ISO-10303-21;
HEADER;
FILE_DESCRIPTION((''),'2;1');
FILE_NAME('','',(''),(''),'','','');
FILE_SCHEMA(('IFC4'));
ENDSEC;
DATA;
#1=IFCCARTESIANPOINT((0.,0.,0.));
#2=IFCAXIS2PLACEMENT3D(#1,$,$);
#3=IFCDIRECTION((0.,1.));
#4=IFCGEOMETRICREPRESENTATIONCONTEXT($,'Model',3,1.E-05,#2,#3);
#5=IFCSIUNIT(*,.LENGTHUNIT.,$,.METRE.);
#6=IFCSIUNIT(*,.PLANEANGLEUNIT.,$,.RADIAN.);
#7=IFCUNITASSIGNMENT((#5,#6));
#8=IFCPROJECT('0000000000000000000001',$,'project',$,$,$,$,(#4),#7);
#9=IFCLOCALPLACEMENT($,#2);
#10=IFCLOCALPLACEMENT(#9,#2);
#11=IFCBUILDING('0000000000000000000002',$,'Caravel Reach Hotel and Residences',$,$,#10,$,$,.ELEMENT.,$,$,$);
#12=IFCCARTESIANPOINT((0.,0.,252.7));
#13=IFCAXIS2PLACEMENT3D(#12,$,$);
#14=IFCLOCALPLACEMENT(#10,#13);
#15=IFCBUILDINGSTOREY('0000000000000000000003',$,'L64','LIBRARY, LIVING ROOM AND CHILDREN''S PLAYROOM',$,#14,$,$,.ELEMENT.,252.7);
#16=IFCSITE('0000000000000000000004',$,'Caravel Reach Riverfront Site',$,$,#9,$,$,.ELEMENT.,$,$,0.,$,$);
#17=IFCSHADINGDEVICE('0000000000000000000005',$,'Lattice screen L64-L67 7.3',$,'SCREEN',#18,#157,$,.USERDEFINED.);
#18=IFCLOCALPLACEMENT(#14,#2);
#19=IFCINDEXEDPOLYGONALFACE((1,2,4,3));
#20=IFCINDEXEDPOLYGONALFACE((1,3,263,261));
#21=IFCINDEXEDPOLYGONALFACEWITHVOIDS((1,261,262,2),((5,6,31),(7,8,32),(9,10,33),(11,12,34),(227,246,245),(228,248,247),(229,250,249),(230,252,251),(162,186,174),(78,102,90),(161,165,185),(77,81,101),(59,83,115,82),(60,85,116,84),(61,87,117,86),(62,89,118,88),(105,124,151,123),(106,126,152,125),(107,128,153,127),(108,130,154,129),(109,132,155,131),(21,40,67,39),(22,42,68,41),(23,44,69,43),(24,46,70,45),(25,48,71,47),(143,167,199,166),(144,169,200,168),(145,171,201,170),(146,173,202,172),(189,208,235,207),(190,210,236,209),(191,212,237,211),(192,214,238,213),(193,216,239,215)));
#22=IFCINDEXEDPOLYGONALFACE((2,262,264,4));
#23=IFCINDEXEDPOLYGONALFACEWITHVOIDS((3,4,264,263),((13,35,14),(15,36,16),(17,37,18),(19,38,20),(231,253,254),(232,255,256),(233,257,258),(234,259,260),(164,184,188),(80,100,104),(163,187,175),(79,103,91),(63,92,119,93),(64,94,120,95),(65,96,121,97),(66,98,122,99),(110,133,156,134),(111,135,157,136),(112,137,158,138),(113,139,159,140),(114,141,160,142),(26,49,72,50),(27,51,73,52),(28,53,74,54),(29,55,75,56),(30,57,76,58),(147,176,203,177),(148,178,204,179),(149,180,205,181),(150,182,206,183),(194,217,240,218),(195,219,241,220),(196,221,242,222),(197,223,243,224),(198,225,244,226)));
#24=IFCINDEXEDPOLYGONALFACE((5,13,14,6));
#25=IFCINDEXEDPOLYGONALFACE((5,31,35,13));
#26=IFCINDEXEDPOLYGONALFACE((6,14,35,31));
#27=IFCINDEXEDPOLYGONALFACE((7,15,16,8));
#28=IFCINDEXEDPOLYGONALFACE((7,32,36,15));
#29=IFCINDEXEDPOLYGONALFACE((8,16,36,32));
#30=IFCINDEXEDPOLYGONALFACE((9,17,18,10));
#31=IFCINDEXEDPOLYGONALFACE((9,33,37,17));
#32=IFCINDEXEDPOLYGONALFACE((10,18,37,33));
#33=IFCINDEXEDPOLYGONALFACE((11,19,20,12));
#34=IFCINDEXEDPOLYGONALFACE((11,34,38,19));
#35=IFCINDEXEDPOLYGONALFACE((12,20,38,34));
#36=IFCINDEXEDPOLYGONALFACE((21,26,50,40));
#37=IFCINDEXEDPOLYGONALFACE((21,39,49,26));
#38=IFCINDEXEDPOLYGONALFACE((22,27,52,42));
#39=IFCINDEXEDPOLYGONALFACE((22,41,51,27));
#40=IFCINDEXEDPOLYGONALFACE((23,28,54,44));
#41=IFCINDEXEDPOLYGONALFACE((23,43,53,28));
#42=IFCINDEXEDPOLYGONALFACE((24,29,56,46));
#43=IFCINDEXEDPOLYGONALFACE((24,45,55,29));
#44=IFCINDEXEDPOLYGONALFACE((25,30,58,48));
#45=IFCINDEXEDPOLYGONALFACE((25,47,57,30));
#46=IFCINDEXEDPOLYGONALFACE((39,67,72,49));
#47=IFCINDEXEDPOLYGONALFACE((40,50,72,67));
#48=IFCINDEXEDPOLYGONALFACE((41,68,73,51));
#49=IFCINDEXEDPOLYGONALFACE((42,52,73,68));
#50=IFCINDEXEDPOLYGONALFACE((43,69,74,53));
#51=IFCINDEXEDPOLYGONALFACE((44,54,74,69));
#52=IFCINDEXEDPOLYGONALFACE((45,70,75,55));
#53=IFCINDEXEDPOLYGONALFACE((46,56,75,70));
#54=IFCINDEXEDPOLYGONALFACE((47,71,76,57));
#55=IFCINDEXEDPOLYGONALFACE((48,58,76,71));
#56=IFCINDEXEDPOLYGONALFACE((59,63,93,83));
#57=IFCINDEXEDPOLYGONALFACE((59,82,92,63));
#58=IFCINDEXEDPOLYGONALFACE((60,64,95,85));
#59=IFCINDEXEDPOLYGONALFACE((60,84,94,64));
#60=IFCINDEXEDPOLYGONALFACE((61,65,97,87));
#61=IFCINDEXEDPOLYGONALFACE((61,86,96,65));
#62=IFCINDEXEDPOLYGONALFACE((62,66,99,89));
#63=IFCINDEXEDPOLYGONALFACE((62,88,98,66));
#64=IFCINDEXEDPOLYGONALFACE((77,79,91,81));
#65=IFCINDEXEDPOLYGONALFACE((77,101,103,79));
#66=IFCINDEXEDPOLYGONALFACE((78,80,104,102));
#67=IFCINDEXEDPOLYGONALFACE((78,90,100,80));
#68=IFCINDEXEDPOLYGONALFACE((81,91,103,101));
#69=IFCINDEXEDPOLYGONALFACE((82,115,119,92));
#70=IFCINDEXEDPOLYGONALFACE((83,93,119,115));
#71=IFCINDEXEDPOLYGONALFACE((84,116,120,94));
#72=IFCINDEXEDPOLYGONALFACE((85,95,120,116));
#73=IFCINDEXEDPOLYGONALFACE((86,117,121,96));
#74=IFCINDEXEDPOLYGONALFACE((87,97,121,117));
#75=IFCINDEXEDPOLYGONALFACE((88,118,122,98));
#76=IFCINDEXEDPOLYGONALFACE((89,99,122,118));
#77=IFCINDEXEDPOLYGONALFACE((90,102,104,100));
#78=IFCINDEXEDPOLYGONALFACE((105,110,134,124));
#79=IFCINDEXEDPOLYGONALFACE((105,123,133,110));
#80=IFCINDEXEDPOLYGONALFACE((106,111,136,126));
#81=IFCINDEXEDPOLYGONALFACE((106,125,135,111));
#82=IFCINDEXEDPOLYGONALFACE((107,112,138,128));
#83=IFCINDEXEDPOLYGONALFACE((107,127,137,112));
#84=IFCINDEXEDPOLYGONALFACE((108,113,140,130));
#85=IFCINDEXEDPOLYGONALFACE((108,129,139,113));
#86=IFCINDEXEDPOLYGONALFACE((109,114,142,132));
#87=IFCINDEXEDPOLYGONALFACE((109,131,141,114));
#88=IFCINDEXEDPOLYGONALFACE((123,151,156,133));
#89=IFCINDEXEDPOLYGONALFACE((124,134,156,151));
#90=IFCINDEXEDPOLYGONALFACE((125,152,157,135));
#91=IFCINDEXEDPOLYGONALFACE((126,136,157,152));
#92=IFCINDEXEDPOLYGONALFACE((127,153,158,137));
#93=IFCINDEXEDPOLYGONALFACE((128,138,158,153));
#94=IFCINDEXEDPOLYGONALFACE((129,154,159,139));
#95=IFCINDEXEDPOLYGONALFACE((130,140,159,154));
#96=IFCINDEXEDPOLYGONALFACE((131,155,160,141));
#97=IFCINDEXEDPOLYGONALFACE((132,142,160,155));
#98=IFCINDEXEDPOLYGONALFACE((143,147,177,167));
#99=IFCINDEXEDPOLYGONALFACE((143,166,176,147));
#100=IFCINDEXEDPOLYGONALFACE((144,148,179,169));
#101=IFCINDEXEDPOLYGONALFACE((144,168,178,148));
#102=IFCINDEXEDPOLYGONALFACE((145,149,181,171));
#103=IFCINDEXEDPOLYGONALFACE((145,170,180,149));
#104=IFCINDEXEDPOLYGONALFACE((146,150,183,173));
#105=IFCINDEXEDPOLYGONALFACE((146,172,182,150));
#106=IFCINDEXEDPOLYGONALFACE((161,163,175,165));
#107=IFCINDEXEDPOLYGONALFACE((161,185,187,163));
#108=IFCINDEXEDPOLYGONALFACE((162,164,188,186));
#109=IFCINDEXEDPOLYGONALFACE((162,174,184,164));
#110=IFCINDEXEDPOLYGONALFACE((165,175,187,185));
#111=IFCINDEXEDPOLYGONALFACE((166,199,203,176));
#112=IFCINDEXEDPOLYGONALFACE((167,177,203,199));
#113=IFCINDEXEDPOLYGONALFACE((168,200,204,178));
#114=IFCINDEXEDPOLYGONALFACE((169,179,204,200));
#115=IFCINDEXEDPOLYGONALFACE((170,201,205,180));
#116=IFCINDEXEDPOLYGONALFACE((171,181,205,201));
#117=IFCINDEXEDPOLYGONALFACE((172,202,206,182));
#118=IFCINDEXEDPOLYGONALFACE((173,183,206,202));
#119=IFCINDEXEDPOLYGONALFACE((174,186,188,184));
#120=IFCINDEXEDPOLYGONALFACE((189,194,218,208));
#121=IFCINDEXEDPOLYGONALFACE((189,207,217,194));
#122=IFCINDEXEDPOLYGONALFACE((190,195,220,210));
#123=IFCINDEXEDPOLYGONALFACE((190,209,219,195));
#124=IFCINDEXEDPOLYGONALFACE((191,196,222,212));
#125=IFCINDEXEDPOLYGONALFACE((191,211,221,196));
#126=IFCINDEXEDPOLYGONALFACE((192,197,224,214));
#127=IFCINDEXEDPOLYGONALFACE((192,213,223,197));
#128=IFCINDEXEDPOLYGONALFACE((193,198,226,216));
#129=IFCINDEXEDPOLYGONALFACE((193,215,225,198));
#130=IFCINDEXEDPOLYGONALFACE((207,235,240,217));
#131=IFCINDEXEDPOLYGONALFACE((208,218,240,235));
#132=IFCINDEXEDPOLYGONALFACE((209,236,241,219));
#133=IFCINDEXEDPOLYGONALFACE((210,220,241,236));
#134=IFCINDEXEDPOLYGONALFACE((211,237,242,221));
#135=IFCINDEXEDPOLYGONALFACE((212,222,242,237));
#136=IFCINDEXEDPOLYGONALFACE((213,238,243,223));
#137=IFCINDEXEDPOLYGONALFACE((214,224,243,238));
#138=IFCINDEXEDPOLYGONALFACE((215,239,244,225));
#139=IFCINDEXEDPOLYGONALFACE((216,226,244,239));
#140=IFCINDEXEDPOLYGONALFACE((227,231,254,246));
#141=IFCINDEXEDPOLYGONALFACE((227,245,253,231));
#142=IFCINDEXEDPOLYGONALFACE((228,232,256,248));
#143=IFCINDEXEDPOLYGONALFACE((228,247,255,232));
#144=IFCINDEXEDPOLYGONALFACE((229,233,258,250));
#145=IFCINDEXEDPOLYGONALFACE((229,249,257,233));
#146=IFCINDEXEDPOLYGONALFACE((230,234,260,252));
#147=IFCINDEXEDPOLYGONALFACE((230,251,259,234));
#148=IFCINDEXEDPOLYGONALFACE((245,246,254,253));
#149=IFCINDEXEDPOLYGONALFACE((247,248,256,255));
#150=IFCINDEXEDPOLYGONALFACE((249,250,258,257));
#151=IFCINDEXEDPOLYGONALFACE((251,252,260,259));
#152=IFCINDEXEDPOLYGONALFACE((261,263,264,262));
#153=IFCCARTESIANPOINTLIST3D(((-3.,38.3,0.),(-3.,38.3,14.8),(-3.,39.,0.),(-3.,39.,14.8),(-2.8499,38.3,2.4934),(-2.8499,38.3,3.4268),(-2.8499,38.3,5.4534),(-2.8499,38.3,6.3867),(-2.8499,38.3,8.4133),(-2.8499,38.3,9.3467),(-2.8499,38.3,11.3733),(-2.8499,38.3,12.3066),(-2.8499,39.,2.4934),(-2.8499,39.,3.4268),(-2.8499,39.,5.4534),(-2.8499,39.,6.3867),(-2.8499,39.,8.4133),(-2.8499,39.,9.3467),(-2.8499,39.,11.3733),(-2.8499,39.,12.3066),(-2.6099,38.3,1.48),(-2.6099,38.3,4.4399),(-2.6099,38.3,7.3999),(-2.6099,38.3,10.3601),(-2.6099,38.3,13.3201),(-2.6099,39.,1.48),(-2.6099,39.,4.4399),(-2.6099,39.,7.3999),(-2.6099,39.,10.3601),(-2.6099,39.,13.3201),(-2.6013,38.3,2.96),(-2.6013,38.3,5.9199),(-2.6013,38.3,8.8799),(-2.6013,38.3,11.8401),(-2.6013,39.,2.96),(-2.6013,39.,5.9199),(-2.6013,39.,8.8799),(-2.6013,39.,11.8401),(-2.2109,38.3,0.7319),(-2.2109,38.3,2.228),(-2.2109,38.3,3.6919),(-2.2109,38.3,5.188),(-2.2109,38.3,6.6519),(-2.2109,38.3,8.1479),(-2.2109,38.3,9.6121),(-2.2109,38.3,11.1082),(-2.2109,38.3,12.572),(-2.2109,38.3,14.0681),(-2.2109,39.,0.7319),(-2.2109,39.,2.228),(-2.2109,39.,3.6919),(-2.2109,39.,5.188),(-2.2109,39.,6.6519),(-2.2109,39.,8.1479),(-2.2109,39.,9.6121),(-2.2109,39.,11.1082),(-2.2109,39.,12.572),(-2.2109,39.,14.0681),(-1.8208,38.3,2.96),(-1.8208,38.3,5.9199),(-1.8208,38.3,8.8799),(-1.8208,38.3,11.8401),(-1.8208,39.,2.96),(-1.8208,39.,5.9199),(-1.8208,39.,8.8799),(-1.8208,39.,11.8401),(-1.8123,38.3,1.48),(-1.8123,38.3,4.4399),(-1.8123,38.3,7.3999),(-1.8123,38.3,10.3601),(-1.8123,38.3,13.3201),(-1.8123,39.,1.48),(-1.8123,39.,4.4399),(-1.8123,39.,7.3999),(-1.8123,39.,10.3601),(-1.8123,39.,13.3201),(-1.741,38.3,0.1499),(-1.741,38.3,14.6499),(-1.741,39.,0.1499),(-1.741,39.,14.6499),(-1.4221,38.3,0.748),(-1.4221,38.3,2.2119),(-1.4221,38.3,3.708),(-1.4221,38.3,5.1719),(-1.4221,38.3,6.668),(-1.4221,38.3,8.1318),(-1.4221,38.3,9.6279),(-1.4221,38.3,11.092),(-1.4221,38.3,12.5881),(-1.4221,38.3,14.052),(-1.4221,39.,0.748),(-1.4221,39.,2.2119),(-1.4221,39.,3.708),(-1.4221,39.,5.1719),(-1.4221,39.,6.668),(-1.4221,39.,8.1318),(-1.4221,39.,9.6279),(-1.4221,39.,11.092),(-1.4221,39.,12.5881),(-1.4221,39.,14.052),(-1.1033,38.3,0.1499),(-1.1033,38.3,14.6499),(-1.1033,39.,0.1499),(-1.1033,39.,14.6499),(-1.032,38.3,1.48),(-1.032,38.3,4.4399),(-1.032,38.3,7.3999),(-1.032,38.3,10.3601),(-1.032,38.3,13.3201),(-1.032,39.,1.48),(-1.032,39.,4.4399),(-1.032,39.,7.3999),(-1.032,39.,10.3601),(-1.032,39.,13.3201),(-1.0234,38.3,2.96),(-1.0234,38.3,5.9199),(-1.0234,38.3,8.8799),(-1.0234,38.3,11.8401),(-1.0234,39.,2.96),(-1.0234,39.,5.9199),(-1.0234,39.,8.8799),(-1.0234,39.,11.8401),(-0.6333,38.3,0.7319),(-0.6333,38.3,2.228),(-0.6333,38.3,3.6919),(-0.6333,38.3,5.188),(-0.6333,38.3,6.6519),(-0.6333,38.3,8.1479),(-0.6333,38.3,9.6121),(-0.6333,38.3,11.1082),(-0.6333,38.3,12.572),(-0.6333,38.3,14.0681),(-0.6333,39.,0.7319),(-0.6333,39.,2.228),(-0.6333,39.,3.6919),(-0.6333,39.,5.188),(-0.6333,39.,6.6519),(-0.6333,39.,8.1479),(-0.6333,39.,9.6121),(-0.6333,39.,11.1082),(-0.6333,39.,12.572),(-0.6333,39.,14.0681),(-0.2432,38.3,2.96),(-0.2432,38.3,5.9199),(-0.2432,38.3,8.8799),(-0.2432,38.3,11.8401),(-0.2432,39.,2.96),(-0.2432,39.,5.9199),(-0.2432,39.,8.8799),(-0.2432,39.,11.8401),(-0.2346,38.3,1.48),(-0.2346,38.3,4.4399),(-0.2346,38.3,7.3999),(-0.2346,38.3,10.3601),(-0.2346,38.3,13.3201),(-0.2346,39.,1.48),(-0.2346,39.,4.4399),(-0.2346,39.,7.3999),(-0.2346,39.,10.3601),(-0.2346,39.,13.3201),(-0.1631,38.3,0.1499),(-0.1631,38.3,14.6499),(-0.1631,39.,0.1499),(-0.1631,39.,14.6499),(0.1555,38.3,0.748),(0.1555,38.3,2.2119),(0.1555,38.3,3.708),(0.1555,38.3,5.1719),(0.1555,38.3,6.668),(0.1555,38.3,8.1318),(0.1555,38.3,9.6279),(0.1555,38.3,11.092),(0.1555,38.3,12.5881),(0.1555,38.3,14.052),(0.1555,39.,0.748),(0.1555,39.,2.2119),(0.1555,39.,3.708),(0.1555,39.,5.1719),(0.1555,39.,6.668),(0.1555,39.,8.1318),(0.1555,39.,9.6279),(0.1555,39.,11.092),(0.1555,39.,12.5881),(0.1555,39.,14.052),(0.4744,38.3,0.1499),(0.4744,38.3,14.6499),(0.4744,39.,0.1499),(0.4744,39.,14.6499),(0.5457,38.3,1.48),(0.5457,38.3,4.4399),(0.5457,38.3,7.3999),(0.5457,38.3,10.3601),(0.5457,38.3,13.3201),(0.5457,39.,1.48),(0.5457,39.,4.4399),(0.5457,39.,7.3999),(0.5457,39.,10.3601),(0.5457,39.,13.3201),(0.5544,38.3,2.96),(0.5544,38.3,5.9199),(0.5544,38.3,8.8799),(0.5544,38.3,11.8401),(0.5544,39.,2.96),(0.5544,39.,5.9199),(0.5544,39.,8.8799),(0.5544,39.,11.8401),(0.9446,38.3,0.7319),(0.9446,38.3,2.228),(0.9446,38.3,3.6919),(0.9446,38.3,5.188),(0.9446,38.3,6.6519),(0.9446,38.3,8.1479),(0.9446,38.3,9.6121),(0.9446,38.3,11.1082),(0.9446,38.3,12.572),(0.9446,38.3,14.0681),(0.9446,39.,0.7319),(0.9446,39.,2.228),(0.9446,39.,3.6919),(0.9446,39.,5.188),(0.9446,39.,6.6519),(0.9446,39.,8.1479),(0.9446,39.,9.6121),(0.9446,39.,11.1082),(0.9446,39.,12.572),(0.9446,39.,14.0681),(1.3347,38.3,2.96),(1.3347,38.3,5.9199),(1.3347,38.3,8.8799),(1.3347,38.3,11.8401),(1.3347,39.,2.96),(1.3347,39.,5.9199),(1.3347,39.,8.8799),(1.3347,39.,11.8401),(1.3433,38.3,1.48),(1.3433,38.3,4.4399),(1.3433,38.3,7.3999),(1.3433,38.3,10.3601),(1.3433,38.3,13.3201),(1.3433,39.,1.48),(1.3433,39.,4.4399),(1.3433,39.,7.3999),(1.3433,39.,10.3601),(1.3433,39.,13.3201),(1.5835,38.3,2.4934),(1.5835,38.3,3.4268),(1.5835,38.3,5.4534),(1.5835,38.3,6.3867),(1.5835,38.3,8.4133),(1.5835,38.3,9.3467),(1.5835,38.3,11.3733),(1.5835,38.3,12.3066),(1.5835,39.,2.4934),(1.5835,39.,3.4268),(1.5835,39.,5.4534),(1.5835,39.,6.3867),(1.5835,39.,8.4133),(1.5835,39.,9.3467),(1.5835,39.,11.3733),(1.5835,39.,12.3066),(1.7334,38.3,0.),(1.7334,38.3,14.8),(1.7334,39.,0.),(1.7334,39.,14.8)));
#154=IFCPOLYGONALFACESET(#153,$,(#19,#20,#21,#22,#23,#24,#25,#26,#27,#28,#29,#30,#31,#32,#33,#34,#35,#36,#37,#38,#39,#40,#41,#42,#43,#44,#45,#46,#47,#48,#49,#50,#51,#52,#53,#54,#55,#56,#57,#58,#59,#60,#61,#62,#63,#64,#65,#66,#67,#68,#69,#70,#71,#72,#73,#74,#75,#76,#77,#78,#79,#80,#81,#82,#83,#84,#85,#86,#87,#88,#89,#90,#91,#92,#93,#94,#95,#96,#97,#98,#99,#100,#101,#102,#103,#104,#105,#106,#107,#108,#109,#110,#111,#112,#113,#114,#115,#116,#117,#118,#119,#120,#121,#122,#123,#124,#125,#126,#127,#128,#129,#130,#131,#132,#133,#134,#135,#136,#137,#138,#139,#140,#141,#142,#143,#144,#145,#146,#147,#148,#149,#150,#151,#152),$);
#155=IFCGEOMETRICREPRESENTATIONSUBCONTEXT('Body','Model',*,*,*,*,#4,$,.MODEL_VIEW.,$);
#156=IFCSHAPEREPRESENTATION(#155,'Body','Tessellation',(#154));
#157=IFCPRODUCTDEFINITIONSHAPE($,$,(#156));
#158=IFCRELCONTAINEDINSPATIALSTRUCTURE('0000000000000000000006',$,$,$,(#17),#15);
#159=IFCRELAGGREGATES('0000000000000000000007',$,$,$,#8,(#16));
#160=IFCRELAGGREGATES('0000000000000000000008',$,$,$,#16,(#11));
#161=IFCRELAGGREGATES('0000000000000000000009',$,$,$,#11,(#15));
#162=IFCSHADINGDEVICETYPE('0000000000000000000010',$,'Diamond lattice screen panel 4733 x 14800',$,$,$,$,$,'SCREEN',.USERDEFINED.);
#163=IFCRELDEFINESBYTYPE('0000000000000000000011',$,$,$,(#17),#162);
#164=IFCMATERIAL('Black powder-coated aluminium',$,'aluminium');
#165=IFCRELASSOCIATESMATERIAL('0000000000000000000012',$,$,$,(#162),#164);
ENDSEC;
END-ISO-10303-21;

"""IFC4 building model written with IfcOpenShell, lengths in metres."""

from ifc_helpers import new_model, si_unit, direction, frame, origin, place, context, subcontext, project, spatial, polyline, outline, extrude, material, type_object, element, save


model = new_model("IFC4")

# Units and contexts
model_context = context("Model", 3, precision=1e-05, world=origin(), true_north=direction((0.0, 1.0)))
body_context = subcontext(model_context, "Body", "Model", "MODEL_VIEW")
ifc_project = project(units=[si_unit("LENGTHUNIT", "METRE"), si_unit("PLANEANGLEUNIT", "RADIAN")], contexts=[model_context])

# Site, building, storey
site_placement = place(None, origin())
site = spatial("IfcSite", under=ifc_project, at=site_placement, Name="Caravel Reach Riverfront Site", CompositionType="ELEMENT", RefElevation=0.0)
building_placement = place(site_placement, origin())
building = spatial("IfcBuilding", under=site, at=building_placement, Name="Caravel Reach Hotel and Residences", CompositionType="ELEMENT")
storey_placement = place(building_placement, frame((0.0, 0.0, 252.7)))
storey = spatial("IfcBuildingStorey", under=building, at=storey_placement, Name="L64", Description="LIBRARY, LIVING ROOM AND CHILDREN'S PLAYROOM", CompositionType="ELEMENT", Elevation=252.7)

# Shading device
ifc_material_1 = material(Name="Black powder-coated aluminium", Category="aluminium")
shading_device_type_1 = type_object("IfcShadingDeviceType", Name="Diamond lattice screen panel 4733 x 14800", ElementType="SCREEN", PredefinedType="USERDEFINED", material=ifc_material_1)
shading_device_1_placement = place(storey_placement, frame((1.7334, 38.3, 0.0), z_axis=(0.0, 1.0, 0.0), x_axis=(-1.0, 0.0, 0.0)))
element("IfcShadingDevice", 1, at=shading_device_1_placement, inside=storey, type_object=shading_device_type_1, Name="Lattice screen L64-L67 7.3", ObjectType="SCREEN", PredefinedType="USERDEFINED", context=body_context, shape_type="SweptSolid", body=[
    extrude(outline(polyline([(0.0, 0.0), (4.7334, 0.0), (4.7334, 14.8), (0.0, 14.8), (0.0, 0.0)]), holes=[polyline([(0.3987, 2.96), (0.1499, 3.4268), (0.1499, 2.4934), (0.3987, 2.96)]), polyline([(0.3987, 5.9199), (0.1499, 6.3867), (0.1499, 5.4534), (0.3987, 5.9199)]), polyline([(0.3987, 8.8799), (0.1499, 9.3467), (0.1499, 8.4133), (0.3987, 8.8799)]), polyline([(0.3987, 11.8401), (0.1499, 12.3066), (0.1499, 11.3733), (0.3987, 11.8401)]), polyline([(0.7888, 2.228), (0.3901, 1.48), (0.7888, 0.7319), (1.1877, 1.48), (0.7888, 2.228)]), polyline([(0.7888, 5.188), (0.3901, 4.4399), (0.7888, 3.6919), (1.1877, 4.4399), (0.7888, 5.188)]), polyline([(0.7888, 8.1479), (0.3901, 7.3999), (0.7888, 6.6519), (1.1877, 7.3999), (0.7888, 8.1479)]), polyline([(0.7888, 11.1082), (0.3901, 10.3601), (0.7888, 9.6121), (1.1877, 10.3601), (0.7888, 11.1082)]), polyline([(0.7888, 14.0681), (0.3901, 13.3201), (0.7888, 12.572), (1.1877, 13.3201), (0.7888, 14.0681)]), polyline([(1.5779, 0.748), (1.259, 0.1499), (1.8965, 0.1499), (1.5779, 0.748)]), polyline([(1.5779, 3.708), (1.179, 2.96), (1.5779, 2.2119), (1.9766, 2.96), (1.5779, 3.708)]), polyline([(1.5779, 6.668), (1.179, 5.9199), (1.5779, 5.1719), (1.9766, 5.9199), (1.5779, 6.668)]), polyline([(1.5779, 9.6279), (1.179, 8.8799), (1.5779, 8.1318), (1.9766, 8.8799), (1.5779, 9.6279)]), polyline([(1.5779, 12.5881), (1.179, 11.8401), (1.5779, 11.092), (1.9766, 11.8401), (1.5779, 12.5881)]), polyline([(1.5779, 14.052), (1.8965, 14.6499), (1.259, 14.6499), (1.5779, 14.052)]), polyline([(2.3667, 2.228), (1.968, 1.48), (2.3667, 0.7319), (2.7654, 1.48), (2.3667, 2.228)]), polyline([(2.3667, 5.188), (1.968, 4.4399), (2.3667, 3.6919), (2.7654, 4.4399), (2.3667, 5.188)]), polyline([(2.3667, 8.1479), (1.968, 7.3999), (2.3667, 6.6519), (2.7654, 7.3999), (2.3667, 8.1479)]), polyline([(2.3667, 11.1082), (1.968, 10.3601), (2.3667, 9.6121), (2.7654, 10.3601), (2.3667, 11.1082)]), polyline([(2.3667, 14.0681), (1.968, 13.3201), (2.3667, 12.572), (2.7654, 13.3201), (2.3667, 14.0681)]), polyline([(3.1555, 0.748), (2.8367, 0.1499), (3.4744, 0.1499), (3.1555, 0.748)]), polyline([(3.1555, 3.708), (2.7568, 2.96), (3.1555, 2.2119), (3.5542, 2.96), (3.1555, 3.708)]), polyline([(3.1555, 6.668), (2.7568, 5.9199), (3.1555, 5.1719), (3.5542, 5.9199), (3.1555, 6.668)]), polyline([(3.1555, 9.6279), (2.7568, 8.8799), (3.1555, 8.1318), (3.5542, 8.8799), (3.1555, 9.6279)]), polyline([(3.1555, 12.5881), (2.7568, 11.8401), (3.1555, 11.092), (3.5542, 11.8401), (3.1555, 12.5881)]), polyline([(3.1555, 14.052), (3.4744, 14.6499), (2.8367, 14.6499), (3.1555, 14.052)]), polyline([(3.9443, 2.228), (3.5457, 1.48), (3.9443, 0.7319), (4.3433, 1.48), (3.9443, 2.228)]), polyline([(3.9443, 5.188), (3.5457, 4.4399), (3.9443, 3.6919), (4.3433, 4.4399), (3.9443, 5.188)]), polyline([(3.9443, 8.1479), (3.5457, 7.3999), (3.9443, 6.6519), (4.3433, 7.3999), (3.9443, 8.1479)]), polyline([(3.9443, 11.1082), (3.5457, 10.3601), (3.9443, 9.6121), (4.3433, 10.3601), (3.9443, 11.1082)]), polyline([(3.9443, 14.0681), (3.5457, 13.3201), (3.9443, 12.572), (4.3433, 13.3201), (3.9443, 14.0681)]), polyline([(4.3347, 2.96), (4.5833, 2.4934), (4.5833, 3.4268), (4.3347, 2.96)]), polyline([(4.3347, 5.9199), (4.5833, 5.4534), (4.5833, 6.3867), (4.3347, 5.9199)]), polyline([(4.3347, 8.8799), (4.5833, 8.4133), (4.5833, 9.3467), (4.3347, 8.8799)]), polyline([(4.3347, 11.8401), (4.5833, 11.3733), (4.5833, 12.3066), (4.3347, 11.8401)])]), origin(), (0.0, 0.0, 1.0), 0.7),
])

save(model, "model.ifc")
